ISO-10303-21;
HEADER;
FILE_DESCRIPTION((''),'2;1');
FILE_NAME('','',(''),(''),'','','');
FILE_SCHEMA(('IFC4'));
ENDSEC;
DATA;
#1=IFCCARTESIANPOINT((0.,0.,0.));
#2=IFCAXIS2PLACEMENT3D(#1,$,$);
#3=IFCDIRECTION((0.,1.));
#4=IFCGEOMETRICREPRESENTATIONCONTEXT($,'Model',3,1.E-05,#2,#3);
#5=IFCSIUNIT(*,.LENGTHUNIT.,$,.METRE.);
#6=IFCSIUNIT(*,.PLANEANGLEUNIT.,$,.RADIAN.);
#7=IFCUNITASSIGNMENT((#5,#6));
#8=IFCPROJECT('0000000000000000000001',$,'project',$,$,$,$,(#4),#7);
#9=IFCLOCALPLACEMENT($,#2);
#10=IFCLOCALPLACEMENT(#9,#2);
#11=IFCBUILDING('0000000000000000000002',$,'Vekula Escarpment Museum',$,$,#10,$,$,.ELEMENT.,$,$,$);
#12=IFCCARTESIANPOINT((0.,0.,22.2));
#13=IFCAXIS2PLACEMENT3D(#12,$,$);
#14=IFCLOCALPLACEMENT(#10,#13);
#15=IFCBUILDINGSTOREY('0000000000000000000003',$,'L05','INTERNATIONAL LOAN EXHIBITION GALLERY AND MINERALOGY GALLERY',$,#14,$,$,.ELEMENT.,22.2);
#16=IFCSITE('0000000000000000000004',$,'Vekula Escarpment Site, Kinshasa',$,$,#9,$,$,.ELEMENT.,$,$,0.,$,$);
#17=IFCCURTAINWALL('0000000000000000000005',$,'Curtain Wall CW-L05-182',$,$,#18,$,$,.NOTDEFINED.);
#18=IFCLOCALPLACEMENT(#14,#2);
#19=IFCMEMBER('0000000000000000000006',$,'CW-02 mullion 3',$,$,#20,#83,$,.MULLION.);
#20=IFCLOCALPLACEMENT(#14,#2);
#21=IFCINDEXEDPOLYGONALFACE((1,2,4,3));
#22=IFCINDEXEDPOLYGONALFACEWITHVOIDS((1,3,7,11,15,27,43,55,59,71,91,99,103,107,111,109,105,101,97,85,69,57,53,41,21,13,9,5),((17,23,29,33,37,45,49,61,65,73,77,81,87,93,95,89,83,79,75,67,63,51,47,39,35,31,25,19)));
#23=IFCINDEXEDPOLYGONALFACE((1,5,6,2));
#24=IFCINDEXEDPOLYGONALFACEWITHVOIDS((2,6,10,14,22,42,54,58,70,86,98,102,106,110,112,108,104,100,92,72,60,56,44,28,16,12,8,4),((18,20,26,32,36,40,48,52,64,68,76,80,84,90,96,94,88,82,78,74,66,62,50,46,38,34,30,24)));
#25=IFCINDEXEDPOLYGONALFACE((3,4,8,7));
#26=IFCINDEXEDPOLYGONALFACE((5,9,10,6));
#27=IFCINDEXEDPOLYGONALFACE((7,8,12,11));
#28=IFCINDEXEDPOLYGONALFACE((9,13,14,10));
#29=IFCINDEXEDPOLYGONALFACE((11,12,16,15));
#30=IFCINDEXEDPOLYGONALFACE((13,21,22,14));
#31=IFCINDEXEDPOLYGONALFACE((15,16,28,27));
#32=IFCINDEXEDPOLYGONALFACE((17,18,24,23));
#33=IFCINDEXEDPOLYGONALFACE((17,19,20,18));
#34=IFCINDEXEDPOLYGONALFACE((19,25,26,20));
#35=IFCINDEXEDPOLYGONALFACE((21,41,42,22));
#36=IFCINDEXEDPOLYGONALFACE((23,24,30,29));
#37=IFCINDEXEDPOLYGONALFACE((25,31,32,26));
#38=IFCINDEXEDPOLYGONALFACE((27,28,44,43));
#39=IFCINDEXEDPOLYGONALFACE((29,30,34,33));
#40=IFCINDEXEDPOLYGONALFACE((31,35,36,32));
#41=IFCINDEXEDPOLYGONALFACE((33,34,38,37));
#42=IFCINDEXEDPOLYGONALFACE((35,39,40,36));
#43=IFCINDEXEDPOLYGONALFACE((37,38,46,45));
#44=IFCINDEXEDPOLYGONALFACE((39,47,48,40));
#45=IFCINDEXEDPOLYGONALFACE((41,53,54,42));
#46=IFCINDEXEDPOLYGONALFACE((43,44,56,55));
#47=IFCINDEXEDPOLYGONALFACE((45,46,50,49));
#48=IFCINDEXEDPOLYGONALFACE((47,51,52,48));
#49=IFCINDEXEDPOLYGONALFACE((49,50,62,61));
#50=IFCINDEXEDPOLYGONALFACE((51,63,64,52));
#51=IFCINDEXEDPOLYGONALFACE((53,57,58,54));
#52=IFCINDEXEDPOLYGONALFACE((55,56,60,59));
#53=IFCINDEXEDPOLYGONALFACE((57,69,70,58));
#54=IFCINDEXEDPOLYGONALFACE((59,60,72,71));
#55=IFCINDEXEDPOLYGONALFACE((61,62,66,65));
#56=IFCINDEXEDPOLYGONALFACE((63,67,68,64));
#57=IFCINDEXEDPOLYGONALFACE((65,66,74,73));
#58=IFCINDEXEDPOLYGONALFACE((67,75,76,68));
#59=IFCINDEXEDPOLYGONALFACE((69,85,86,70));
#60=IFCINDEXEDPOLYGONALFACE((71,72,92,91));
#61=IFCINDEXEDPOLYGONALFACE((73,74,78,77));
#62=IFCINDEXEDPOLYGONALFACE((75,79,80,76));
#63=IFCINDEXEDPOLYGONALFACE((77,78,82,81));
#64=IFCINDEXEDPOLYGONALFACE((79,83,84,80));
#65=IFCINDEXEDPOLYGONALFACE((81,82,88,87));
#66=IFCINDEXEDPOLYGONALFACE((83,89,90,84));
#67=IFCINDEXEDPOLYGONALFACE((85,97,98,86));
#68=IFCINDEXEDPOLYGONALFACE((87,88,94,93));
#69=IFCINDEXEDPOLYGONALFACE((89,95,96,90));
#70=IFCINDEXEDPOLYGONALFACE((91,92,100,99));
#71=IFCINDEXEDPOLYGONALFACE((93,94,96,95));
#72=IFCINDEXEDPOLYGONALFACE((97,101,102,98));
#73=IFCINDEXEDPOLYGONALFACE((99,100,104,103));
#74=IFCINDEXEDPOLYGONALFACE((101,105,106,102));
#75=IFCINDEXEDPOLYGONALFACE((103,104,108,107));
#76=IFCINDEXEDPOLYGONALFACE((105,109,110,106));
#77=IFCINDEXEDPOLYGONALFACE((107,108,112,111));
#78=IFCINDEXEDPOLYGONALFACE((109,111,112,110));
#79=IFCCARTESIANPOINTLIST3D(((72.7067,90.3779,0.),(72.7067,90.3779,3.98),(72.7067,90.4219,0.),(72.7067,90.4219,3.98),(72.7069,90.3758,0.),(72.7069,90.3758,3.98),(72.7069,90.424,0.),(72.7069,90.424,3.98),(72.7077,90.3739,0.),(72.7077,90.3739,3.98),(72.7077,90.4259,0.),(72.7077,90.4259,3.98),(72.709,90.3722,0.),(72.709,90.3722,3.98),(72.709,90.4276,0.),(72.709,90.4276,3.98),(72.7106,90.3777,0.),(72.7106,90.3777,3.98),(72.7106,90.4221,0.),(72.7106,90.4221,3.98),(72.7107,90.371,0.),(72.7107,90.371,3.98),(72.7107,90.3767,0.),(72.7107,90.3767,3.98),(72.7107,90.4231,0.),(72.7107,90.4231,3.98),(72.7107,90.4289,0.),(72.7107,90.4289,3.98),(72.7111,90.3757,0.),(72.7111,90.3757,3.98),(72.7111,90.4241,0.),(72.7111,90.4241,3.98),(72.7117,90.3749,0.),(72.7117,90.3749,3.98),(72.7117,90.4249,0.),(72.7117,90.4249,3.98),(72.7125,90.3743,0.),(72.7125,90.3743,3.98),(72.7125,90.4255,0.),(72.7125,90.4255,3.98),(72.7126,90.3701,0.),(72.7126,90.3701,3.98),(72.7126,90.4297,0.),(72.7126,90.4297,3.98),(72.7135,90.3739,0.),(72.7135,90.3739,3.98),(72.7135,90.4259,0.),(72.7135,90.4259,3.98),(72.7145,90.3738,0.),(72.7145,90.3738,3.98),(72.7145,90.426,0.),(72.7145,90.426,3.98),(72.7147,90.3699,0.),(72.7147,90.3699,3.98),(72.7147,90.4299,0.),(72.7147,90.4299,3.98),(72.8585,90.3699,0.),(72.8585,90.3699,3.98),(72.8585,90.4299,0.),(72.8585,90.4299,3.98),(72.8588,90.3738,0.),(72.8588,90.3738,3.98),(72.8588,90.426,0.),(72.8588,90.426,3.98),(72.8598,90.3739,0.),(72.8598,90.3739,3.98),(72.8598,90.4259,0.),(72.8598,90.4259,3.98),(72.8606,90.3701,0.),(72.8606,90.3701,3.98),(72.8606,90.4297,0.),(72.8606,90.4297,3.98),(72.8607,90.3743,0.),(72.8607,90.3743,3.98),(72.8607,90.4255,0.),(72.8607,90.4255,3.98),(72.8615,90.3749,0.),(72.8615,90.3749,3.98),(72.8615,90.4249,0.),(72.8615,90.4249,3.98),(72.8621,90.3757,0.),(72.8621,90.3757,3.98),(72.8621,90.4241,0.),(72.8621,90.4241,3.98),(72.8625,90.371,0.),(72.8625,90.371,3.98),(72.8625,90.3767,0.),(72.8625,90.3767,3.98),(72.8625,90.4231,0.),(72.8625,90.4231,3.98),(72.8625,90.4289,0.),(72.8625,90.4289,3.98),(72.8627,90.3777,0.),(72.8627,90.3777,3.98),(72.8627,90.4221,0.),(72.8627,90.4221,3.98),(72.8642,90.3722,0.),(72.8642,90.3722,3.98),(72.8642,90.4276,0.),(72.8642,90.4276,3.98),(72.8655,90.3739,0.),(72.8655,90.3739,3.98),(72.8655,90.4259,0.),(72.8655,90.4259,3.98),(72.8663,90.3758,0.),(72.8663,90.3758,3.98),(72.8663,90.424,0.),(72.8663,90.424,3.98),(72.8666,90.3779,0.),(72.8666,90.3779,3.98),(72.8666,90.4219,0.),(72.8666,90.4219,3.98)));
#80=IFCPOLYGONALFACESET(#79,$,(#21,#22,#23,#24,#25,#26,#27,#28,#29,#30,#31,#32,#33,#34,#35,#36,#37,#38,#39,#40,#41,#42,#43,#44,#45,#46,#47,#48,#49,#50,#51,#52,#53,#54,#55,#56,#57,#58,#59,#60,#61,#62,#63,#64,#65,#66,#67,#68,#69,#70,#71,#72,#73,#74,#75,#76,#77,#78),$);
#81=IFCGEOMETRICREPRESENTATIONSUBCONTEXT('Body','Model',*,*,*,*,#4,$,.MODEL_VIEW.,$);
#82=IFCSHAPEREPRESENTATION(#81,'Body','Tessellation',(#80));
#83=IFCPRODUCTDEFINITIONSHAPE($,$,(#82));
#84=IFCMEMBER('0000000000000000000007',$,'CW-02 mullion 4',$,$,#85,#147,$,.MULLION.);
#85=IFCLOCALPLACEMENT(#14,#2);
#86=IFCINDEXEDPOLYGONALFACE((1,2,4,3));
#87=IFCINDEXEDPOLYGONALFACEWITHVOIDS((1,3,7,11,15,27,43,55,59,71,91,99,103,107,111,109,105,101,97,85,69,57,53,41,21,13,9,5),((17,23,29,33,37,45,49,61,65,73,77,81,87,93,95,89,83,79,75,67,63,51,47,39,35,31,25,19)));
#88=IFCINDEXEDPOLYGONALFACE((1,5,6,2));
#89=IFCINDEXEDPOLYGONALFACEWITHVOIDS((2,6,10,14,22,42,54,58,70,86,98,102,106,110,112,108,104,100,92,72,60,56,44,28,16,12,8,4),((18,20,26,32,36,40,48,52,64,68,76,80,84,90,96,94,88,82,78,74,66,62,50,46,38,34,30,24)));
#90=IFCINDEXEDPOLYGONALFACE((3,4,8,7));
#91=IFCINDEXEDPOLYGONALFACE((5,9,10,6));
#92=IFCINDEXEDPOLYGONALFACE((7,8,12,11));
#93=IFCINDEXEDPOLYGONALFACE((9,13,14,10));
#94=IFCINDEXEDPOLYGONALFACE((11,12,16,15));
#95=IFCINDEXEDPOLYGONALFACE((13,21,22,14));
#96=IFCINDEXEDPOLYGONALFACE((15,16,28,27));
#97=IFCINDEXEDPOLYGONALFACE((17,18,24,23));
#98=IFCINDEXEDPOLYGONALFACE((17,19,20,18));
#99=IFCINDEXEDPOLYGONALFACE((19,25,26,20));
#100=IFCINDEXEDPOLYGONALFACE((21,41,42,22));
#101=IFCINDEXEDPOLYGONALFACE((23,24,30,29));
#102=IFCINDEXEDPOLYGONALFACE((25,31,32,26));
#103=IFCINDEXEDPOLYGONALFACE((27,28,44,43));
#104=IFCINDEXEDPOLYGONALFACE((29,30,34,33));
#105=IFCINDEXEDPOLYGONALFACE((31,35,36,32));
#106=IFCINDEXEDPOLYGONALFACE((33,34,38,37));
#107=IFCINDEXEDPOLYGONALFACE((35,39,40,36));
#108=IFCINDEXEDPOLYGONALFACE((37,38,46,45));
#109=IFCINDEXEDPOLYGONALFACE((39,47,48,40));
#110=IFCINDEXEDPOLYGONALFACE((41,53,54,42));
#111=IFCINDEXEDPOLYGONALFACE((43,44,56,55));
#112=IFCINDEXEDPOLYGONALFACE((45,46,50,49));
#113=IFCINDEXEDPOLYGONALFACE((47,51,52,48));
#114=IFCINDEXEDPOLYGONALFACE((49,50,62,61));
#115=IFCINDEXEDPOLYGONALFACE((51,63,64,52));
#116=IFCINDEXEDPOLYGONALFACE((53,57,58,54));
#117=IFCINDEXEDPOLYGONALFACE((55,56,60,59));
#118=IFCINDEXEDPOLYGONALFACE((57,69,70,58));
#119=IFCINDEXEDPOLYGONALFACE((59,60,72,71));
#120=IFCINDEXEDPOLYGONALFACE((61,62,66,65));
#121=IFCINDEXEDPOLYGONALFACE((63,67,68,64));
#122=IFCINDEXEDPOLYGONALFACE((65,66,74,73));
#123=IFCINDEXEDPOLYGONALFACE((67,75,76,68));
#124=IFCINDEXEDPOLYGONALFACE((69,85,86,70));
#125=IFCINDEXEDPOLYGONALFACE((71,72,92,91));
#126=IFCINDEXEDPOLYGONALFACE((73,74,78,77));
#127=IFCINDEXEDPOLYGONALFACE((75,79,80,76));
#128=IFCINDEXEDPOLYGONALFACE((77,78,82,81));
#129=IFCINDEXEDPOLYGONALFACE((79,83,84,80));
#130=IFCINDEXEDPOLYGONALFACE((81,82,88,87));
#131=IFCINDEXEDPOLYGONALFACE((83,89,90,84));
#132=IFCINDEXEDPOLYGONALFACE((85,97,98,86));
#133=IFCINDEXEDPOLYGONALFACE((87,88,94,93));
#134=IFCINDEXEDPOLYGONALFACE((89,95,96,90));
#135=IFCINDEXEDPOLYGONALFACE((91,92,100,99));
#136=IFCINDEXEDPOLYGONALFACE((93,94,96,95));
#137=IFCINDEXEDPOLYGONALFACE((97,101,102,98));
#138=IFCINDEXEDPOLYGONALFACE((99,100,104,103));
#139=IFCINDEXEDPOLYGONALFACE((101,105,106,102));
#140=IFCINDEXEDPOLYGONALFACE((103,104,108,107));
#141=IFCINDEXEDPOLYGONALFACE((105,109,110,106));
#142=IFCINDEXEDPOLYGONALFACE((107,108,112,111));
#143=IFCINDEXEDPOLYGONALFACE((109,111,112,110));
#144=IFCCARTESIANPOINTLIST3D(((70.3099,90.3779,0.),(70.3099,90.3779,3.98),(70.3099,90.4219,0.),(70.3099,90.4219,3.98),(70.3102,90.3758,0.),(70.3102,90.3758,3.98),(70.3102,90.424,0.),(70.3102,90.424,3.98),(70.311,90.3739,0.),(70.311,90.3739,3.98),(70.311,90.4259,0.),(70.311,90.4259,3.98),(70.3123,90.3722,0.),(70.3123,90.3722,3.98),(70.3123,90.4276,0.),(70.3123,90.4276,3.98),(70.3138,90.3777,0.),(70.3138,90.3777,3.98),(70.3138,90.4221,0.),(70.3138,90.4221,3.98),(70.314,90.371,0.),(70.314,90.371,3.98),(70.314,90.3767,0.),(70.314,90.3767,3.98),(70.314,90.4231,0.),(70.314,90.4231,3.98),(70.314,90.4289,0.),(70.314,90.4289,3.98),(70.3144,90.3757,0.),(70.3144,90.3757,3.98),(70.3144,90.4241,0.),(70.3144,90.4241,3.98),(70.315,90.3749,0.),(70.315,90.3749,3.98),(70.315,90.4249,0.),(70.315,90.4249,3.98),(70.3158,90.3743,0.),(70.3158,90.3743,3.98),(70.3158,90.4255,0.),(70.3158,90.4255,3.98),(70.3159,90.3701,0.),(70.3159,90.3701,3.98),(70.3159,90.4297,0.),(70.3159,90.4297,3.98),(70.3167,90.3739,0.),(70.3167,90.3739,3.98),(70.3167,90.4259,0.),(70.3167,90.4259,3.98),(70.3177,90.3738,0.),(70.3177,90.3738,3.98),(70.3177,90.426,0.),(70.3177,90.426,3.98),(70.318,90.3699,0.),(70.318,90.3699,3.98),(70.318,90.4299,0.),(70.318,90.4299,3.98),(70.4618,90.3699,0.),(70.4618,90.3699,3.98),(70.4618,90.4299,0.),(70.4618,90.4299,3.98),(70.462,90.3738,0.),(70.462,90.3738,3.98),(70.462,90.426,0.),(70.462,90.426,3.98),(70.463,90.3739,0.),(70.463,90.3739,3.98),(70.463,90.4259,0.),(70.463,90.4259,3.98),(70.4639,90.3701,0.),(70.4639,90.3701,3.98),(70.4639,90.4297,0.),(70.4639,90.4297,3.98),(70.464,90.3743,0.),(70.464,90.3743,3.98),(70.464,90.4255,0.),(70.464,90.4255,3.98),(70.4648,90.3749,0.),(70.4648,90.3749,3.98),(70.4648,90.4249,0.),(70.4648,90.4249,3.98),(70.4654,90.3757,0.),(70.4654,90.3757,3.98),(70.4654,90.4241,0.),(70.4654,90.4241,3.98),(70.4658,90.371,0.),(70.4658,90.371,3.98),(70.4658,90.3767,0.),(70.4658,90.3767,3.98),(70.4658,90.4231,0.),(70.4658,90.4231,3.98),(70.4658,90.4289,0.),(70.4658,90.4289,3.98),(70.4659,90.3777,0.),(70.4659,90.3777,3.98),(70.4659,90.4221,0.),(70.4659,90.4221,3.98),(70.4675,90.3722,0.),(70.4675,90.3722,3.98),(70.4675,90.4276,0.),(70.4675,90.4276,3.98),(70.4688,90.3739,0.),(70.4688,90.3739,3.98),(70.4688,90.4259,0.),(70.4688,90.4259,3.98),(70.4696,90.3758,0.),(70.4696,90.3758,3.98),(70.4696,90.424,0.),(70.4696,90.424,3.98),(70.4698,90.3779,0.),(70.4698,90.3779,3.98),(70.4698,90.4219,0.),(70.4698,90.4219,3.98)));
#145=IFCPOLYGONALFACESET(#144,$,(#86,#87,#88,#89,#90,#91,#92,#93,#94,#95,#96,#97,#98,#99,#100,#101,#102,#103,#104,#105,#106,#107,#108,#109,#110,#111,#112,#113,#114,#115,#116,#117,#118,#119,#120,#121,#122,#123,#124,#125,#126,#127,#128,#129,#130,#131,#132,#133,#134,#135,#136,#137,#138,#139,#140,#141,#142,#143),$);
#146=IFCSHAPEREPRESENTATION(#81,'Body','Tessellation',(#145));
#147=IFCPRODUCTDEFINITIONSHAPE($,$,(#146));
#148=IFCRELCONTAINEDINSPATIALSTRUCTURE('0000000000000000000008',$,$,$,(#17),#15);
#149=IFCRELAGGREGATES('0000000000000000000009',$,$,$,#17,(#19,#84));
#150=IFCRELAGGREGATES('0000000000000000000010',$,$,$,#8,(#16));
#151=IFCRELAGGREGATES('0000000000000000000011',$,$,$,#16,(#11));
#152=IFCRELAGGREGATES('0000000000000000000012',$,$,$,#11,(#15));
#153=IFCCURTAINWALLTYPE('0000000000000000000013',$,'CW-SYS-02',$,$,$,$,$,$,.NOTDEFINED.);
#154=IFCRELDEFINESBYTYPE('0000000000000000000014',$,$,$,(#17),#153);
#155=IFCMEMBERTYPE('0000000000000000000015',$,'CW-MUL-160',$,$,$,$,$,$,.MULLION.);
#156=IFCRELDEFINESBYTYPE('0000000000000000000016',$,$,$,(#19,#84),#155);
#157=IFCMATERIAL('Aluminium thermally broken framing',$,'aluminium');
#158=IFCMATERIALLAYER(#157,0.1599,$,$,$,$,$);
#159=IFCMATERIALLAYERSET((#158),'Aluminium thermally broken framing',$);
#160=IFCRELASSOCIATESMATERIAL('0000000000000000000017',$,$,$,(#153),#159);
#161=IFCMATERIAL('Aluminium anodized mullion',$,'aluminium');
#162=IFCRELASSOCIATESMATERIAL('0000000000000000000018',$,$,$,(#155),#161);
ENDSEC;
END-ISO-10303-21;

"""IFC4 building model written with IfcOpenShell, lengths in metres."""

from ifc_helpers import new_model, si_unit, direction, frame, origin, origin_2d, place, context, subcontext, project, spatial, hollow_rectangle, extrude, material, layer, layer_set, material_profile, profile_set, type_object, element, aggregate, save


model = new_model("IFC4")

# Units and contexts
model_context = context("Model", 3, precision=1e-05, world=origin(), true_north=direction((0.0, 1.0)))
body_context = subcontext(model_context, "Body", "Model", "MODEL_VIEW")
ifc_project = project(units=[si_unit("LENGTHUNIT", "METRE"), si_unit("PLANEANGLEUNIT", "RADIAN")], contexts=[model_context])

# Site, building, storey
site_placement = place(None, origin())
site = spatial("IfcSite", under=ifc_project, at=site_placement, Name="Vekula Escarpment Site, Kinshasa", CompositionType="ELEMENT", RefElevation=0.0)
building_placement = place(site_placement, origin())
building = spatial("IfcBuilding", under=site, at=building_placement, Name="Vekula Escarpment Museum", CompositionType="ELEMENT")
storey_placement = place(building_placement, frame((0.0, 0.0, 22.2)))
storey = spatial("IfcBuildingStorey", under=building, at=storey_placement, Name="L05", Description="INTERNATIONAL LOAN EXHIBITION GALLERY AND MINERALOGY GALLERY", CompositionType="ELEMENT", Elevation=22.2)

# Curtain wall, members
ifc_material_1 = material(Name="Aluminium thermally broken framing", Category="aluminium")
ifc_layer_1 = layer(ifc_material_1, 0.1599)
ifc_layer_set_1 = layer_set([ifc_layer_1], Name="Aluminium thermally broken framing")
curtain_wall_type = type_object("IfcCurtainWallType", Name="CW-SYS-02", PredefinedType="NOTDEFINED", material=ifc_layer_set_1)
curtain_wall_placement = place(storey_placement, origin())
curtain_wall = element("IfcCurtainWall", 1, at=curtain_wall_placement, inside=storey, type_object=curtain_wall_type, Name="Curtain Wall CW-L05-182", PredefinedType="NOTDEFINED")
ifc_material_2 = material(Name="Aluminium anodized mullion", Category="aluminium")
ifc_material_profile_1 = material_profile(ifc_material_2, hollow_rectangle(XDim=0.0601, YDim=0.1599, WallThickness=0.0039, InnerFilletRadius=0.0039, OuterFilletRadius=0.0081, at=origin_2d()), Name="ALU 160x60x4")
ifc_profile_set_1 = profile_set([ifc_material_profile_1], Name="Aluminium anodized mullion")
member_type_1 = type_object("IfcMemberType", Name="CW-MUL-160", PredefinedType="MULLION", material=ifc_profile_set_1)
member_1_placement = place(storey_placement, frame((72.7866, 90.3999, 0.0), z_axis=(0.0, 0.0, 1.0), x_axis=(0.0, -1.0, 0.0)))
member_1 = element("IfcMember", 2, at=member_1_placement, type_object=member_type_1, Name="CW-02 mullion 3", PredefinedType="MULLION", context=body_context, shape_type="SweptSolid", body=[
    extrude(hollow_rectangle(XDim=0.0601, YDim=0.1599, WallThickness=0.0039, InnerFilletRadius=0.0039, OuterFilletRadius=0.0081, at=origin_2d()), origin(), (0.0, 0.0, 1.0), 3.98),
])
member_2_placement = place(storey_placement, frame((70.3899, 90.3999, 0.0), z_axis=(0.0, 0.0, 1.0), x_axis=(0.0, -1.0, 0.0)))
member_2 = element("IfcMember", 3, at=member_2_placement, type_object=member_type_1, Name="CW-02 mullion 4", PredefinedType="MULLION", context=body_context, shape_type="SweptSolid", body=[
    extrude(hollow_rectangle(XDim=0.0601, YDim=0.1599, WallThickness=0.0039, InnerFilletRadius=0.0039, OuterFilletRadius=0.0081, at=origin_2d()), origin(), (0.0, 0.0, 1.0), 3.98),
])
aggregate(curtain_wall, [member_1, member_2])

save(model, "model.ifc")
